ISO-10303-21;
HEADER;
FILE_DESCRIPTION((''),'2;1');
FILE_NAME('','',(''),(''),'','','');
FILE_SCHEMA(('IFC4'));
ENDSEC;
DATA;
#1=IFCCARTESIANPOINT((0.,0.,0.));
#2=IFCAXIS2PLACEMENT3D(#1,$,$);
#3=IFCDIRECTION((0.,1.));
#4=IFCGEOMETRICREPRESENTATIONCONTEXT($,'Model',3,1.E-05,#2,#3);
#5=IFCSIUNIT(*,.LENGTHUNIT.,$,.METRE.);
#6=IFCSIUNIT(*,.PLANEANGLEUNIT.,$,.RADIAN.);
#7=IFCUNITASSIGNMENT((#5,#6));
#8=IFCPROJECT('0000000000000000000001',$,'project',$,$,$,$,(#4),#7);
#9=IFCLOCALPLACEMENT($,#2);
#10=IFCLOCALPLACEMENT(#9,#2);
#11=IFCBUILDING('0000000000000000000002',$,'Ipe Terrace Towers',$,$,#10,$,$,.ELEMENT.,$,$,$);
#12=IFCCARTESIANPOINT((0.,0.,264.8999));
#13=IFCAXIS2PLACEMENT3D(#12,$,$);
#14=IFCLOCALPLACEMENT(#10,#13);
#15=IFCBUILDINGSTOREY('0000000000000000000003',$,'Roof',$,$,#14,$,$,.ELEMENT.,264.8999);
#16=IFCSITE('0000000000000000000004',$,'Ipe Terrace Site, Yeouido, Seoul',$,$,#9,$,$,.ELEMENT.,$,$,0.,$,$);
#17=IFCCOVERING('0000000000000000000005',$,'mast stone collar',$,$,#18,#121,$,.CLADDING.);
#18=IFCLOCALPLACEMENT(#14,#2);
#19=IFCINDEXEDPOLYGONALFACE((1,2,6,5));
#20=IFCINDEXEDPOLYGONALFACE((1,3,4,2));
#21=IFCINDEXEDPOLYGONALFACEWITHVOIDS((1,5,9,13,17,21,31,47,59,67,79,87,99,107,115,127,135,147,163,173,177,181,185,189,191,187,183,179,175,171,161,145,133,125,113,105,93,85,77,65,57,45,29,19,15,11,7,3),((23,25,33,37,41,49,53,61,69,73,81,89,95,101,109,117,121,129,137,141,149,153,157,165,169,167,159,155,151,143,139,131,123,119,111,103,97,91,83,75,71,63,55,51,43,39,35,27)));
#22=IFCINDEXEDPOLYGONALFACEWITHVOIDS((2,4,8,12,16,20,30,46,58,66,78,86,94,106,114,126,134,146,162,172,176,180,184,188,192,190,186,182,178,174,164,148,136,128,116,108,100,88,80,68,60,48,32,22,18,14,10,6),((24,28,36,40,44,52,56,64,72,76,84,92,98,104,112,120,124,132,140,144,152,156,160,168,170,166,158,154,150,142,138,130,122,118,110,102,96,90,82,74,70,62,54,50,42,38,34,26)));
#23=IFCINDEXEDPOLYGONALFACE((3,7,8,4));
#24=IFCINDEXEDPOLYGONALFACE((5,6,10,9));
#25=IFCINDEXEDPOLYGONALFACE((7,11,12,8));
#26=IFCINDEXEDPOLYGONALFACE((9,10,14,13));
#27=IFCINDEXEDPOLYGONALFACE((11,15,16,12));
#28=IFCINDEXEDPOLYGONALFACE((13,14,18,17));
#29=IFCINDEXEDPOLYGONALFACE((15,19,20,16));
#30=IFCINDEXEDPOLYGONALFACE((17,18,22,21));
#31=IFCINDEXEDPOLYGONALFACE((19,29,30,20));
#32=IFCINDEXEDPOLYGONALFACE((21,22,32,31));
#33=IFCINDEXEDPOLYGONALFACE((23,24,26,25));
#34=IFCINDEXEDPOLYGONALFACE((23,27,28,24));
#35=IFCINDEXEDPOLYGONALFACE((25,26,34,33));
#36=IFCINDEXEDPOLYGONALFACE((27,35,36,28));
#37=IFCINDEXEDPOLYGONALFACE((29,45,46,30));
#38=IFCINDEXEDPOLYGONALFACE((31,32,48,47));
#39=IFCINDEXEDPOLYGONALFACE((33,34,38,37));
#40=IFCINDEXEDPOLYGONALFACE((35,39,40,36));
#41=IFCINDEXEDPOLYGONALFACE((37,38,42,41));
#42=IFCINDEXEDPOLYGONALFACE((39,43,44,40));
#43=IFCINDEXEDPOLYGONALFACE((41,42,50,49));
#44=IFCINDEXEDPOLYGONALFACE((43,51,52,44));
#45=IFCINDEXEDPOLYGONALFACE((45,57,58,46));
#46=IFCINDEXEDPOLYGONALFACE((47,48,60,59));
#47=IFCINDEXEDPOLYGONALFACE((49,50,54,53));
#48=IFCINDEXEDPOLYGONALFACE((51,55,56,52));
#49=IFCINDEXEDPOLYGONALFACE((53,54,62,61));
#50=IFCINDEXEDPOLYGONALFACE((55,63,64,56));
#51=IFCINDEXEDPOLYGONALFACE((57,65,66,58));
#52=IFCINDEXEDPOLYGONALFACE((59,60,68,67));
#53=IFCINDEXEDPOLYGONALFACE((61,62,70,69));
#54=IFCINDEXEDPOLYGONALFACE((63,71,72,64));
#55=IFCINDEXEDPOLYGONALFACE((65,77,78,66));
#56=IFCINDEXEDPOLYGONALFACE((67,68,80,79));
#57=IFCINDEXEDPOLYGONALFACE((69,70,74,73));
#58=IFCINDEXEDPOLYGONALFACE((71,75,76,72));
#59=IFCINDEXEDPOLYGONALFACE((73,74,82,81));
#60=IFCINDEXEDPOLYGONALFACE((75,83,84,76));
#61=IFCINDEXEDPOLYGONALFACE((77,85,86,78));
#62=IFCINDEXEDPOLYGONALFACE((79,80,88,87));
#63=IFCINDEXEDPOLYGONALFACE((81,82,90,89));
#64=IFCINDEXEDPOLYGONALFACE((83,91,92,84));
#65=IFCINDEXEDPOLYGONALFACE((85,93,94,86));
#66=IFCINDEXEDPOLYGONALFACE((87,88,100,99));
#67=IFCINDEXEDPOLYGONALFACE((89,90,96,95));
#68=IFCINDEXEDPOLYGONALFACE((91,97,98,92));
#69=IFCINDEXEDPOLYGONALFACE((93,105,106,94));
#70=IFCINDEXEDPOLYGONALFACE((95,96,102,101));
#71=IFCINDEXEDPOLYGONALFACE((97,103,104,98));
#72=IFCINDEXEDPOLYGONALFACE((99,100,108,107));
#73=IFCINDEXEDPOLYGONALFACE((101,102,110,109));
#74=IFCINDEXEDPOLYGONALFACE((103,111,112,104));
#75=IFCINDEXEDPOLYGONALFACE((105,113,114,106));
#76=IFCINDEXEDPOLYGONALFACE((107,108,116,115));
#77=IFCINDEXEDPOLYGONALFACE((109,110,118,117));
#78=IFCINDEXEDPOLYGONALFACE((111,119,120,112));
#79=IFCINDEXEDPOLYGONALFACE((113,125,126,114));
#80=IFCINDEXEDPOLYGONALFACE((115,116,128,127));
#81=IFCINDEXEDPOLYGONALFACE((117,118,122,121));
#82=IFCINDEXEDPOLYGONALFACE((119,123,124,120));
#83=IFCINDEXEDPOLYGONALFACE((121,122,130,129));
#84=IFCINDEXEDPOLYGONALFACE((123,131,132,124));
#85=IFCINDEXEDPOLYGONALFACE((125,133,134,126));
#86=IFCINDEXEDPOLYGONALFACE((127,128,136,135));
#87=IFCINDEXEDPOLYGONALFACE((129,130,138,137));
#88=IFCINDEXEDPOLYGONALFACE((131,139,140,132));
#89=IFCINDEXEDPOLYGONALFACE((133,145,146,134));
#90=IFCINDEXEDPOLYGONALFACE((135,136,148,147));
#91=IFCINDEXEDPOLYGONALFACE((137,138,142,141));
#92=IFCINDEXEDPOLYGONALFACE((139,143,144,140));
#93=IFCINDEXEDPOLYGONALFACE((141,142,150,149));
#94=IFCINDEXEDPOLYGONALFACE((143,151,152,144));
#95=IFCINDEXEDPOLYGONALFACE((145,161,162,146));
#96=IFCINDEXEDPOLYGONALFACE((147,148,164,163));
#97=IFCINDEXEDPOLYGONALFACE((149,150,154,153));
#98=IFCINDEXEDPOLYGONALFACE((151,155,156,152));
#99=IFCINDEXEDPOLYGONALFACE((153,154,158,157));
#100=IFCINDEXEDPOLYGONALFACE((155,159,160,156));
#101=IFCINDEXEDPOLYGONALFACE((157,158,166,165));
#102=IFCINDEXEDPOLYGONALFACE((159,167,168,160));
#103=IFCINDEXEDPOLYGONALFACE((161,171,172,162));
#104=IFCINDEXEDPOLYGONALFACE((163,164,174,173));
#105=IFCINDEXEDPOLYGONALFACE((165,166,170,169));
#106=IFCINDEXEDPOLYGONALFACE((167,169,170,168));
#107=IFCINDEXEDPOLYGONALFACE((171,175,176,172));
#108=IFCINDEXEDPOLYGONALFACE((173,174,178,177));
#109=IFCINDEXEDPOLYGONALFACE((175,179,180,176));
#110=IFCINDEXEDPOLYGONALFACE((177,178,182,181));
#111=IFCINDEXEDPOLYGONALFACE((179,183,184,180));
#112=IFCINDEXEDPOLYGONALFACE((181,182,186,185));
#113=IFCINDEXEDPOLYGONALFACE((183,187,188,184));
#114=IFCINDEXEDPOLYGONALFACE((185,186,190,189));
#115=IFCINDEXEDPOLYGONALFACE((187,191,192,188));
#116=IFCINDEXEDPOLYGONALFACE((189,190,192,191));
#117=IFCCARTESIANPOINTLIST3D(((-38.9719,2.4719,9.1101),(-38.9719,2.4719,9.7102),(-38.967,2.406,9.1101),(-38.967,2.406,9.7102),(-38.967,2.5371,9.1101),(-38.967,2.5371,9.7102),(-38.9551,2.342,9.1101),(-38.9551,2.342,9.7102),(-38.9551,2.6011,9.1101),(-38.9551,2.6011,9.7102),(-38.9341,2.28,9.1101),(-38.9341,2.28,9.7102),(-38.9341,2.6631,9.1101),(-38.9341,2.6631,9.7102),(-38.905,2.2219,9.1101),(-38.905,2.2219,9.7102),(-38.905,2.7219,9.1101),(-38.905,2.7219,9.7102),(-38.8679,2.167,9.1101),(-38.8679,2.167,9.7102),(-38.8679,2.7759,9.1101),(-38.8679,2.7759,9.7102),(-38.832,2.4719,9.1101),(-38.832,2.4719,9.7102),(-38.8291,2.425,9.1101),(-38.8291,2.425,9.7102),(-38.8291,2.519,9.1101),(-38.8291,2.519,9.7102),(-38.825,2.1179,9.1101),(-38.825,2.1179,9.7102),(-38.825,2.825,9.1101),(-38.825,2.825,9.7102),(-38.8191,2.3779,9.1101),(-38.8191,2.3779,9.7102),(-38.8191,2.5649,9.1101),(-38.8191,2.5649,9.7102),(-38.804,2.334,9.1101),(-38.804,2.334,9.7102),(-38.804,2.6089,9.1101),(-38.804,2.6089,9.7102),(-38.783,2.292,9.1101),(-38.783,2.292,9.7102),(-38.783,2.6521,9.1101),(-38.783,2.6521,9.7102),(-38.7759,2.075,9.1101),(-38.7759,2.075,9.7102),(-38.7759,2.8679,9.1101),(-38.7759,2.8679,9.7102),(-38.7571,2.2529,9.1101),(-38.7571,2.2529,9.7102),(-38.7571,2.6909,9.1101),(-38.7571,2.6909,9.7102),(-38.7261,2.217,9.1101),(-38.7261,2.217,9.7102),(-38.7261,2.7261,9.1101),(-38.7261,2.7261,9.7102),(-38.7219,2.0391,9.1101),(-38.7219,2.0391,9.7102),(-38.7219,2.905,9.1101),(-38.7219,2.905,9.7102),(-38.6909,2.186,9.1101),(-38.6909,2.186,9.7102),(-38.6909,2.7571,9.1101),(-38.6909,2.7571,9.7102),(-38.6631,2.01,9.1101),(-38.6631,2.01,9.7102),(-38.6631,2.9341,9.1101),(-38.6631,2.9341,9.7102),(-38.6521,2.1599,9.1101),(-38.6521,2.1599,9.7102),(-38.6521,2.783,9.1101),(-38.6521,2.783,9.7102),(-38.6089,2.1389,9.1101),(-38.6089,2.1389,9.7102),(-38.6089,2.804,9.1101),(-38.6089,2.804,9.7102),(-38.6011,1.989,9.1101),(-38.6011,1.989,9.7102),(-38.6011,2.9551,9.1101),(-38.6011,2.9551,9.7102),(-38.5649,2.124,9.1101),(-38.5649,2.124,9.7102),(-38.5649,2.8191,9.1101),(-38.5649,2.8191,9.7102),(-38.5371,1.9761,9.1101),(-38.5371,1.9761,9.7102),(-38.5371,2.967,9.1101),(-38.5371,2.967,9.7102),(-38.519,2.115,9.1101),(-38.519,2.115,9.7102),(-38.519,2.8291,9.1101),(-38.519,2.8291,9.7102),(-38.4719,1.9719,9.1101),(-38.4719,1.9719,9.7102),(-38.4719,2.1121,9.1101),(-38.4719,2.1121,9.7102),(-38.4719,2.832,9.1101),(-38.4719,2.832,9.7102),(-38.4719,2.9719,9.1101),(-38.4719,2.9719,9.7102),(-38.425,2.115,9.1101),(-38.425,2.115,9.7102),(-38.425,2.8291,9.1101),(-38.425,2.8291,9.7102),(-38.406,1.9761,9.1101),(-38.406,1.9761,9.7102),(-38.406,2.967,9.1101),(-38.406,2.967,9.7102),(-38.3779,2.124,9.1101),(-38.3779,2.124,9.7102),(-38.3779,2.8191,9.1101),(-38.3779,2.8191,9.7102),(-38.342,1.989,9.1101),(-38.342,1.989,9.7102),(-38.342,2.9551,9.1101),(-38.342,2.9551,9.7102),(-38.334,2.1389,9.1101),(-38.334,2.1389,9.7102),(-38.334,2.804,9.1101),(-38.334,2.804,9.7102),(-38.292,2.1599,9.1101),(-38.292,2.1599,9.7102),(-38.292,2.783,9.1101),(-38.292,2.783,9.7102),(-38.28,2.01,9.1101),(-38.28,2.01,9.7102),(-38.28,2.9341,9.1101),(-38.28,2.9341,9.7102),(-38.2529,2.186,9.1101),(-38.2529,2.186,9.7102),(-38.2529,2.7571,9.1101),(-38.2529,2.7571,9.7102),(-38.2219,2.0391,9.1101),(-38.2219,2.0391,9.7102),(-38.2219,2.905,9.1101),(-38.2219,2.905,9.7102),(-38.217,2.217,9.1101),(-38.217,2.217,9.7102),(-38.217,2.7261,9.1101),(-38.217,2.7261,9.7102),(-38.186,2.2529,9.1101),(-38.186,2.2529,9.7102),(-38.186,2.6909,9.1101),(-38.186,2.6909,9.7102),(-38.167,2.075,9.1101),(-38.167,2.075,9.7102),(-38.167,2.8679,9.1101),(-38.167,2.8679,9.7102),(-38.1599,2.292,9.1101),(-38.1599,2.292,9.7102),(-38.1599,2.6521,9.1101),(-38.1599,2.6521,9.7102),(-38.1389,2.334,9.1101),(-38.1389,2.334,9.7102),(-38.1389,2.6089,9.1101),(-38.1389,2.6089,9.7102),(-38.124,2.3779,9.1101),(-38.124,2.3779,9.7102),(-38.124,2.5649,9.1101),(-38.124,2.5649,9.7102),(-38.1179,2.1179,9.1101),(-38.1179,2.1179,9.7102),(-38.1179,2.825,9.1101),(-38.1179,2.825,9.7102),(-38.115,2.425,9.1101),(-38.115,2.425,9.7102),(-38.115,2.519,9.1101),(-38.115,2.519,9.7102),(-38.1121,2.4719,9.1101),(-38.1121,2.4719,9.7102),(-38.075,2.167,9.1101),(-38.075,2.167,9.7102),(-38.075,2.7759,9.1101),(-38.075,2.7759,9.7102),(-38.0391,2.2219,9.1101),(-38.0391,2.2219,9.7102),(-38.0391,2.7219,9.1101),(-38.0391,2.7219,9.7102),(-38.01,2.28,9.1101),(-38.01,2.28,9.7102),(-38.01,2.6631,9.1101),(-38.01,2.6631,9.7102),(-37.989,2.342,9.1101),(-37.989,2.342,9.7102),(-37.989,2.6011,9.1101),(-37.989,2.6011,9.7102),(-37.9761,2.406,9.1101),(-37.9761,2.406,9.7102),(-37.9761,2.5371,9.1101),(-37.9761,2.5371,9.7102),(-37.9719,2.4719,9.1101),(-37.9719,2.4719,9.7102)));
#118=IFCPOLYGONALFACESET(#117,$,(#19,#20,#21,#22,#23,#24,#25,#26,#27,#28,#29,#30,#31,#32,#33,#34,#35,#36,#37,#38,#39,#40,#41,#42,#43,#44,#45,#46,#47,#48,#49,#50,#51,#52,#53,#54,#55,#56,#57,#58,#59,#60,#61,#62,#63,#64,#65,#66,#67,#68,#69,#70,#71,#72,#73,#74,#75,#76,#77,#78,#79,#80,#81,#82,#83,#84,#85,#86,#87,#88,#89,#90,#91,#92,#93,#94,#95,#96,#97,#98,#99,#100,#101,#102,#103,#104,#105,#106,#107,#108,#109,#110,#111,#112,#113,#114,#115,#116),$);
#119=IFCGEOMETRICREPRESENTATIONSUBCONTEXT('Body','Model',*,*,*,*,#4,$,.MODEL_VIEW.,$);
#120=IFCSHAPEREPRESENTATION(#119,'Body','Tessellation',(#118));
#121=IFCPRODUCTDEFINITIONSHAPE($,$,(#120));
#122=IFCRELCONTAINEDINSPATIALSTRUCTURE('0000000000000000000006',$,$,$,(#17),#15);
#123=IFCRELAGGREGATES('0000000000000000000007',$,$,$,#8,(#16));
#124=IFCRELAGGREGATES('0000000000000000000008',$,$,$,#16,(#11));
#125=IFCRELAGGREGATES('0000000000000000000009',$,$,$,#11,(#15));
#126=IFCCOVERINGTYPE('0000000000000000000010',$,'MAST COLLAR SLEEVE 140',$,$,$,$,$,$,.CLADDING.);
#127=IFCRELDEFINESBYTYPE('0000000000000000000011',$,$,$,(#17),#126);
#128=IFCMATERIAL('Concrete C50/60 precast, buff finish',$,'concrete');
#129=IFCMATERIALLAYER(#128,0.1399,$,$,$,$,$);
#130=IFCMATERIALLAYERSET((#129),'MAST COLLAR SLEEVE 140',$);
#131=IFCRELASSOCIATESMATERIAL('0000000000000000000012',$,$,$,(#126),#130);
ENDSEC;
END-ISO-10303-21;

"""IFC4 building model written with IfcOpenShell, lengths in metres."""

from ifc_helpers import new_model, si_unit, direction, frame, origin, place, context, subcontext, project, spatial, polyline, outline, extrude, material, layer, layer_set, type_object, element, save


model = new_model("IFC4")

# Units and contexts
model_context = context("Model", 3, precision=1e-05, world=origin(), true_north=direction((0.0, 1.0)))
body_context = subcontext(model_context, "Body", "Model", "MODEL_VIEW")
ifc_project = project(units=[si_unit("LENGTHUNIT", "METRE"), si_unit("PLANEANGLEUNIT", "RADIAN")], contexts=[model_context])

# Site, building, storey
site_placement = place(None, origin())
site = spatial("IfcSite", under=ifc_project, at=site_placement, Name="Ipe Terrace Site, Yeouido, Seoul", CompositionType="ELEMENT", RefElevation=0.0)
building_placement = place(site_placement, origin())
building = spatial("IfcBuilding", under=site, at=building_placement, Name="Ipe Terrace Towers", CompositionType="ELEMENT")
storey_placement = place(building_placement, frame((0.0, 0.0, 264.8999)))
storey = spatial("IfcBuildingStorey", under=building, at=storey_placement, Name="Roof", CompositionType="ELEMENT", Elevation=264.8999)

# Covering
ifc_material_1 = material(Name="Concrete C50/60 precast, buff finish", Category="concrete")
ifc_layer_1 = layer(ifc_material_1, 0.1399)
ifc_layer_set_1 = layer_set([ifc_layer_1], Name="MAST COLLAR SLEEVE 140")
covering_type = type_object("IfcCoveringType", Name="MAST COLLAR SLEEVE 140", PredefinedType="CLADDING", material=ifc_layer_set_1)
covering_1_placement = place(storey_placement, frame((0.0, 0.0, 9.1101)))
element("IfcCovering", 1, at=covering_1_placement, inside=storey, type_object=covering_type, Name="mast stone collar", PredefinedType="CLADDING", context=body_context, shape_type="SweptSolid", body=[
    extrude(outline(polyline([(-37.9761, 2.406), (-37.989, 2.342), (-38.01, 2.28), (-38.0391, 2.2219), (-38.075, 2.167), (-38.1179, 2.1179), (-38.167, 2.075), (-38.2219, 2.0391), (-38.28, 2.01), (-38.342, 1.989), (-38.406, 1.9761), (-38.4719, 1.9719), (-38.5371, 1.9761), (-38.6011, 1.989), (-38.6631, 2.01), (-38.7219, 2.0391), (-38.7759, 2.075), (-38.825, 2.1179), (-38.8679, 2.167), (-38.905, 2.2219), (-38.9341, 2.28), (-38.9551, 2.342), (-38.967, 2.406), (-38.9719, 2.4719), (-38.967, 2.5371), (-38.9551, 2.6011), (-38.9341, 2.6631), (-38.905, 2.7219), (-38.8679, 2.7759), (-38.825, 2.825), (-38.7759, 2.8679), (-38.7219, 2.905), (-38.6631, 2.9341), (-38.6011, 2.9551), (-38.5371, 2.967), (-38.4719, 2.9719), (-38.406, 2.967), (-38.342, 2.9551), (-38.28, 2.9341), (-38.2219, 2.905), (-38.167, 2.8679), (-38.1179, 2.825), (-38.075, 2.7759), (-38.0391, 2.7219), (-38.01, 2.6631), (-37.989, 2.6011), (-37.9761, 2.5371), (-37.9719, 2.4719), (-37.9761, 2.406)]), holes=[polyline([(-38.115, 2.519), (-38.124, 2.5649), (-38.1389, 2.6089), (-38.1599, 2.6521), (-38.186, 2.6909), (-38.217, 2.7261), (-38.2529, 2.7571), (-38.292, 2.783), (-38.334, 2.804), (-38.3779, 2.8191), (-38.425, 2.8291), (-38.4719, 2.832), (-38.519, 2.8291), (-38.5649, 2.8191), (-38.6089, 2.804), (-38.6521, 2.783), (-38.6909, 2.7571), (-38.7261, 2.7261), (-38.7571, 2.6909), (-38.783, 2.6521), (-38.804, 2.6089), (-38.8191, 2.5649), (-38.8291, 2.519), (-38.832, 2.4719), (-38.8291, 2.425), (-38.8191, 2.3779), (-38.804, 2.334), (-38.783, 2.292), (-38.7571, 2.2529), (-38.7261, 2.217), (-38.6909, 2.186), (-38.6521, 2.1599), (-38.6089, 2.1389), (-38.5649, 2.124), (-38.519, 2.115), (-38.4719, 2.1121), (-38.425, 2.115), (-38.3779, 2.124), (-38.334, 2.1389), (-38.292, 2.1599), (-38.2529, 2.186), (-38.217, 2.217), (-38.186, 2.2529), (-38.1599, 2.292), (-38.1389, 2.334), (-38.124, 2.3779), (-38.115, 2.425), (-38.1121, 2.4719), (-38.115, 2.519)])]), origin(), (0.0, 0.0, 1.0), 0.6001),
])

save(model, "model.ifc")
